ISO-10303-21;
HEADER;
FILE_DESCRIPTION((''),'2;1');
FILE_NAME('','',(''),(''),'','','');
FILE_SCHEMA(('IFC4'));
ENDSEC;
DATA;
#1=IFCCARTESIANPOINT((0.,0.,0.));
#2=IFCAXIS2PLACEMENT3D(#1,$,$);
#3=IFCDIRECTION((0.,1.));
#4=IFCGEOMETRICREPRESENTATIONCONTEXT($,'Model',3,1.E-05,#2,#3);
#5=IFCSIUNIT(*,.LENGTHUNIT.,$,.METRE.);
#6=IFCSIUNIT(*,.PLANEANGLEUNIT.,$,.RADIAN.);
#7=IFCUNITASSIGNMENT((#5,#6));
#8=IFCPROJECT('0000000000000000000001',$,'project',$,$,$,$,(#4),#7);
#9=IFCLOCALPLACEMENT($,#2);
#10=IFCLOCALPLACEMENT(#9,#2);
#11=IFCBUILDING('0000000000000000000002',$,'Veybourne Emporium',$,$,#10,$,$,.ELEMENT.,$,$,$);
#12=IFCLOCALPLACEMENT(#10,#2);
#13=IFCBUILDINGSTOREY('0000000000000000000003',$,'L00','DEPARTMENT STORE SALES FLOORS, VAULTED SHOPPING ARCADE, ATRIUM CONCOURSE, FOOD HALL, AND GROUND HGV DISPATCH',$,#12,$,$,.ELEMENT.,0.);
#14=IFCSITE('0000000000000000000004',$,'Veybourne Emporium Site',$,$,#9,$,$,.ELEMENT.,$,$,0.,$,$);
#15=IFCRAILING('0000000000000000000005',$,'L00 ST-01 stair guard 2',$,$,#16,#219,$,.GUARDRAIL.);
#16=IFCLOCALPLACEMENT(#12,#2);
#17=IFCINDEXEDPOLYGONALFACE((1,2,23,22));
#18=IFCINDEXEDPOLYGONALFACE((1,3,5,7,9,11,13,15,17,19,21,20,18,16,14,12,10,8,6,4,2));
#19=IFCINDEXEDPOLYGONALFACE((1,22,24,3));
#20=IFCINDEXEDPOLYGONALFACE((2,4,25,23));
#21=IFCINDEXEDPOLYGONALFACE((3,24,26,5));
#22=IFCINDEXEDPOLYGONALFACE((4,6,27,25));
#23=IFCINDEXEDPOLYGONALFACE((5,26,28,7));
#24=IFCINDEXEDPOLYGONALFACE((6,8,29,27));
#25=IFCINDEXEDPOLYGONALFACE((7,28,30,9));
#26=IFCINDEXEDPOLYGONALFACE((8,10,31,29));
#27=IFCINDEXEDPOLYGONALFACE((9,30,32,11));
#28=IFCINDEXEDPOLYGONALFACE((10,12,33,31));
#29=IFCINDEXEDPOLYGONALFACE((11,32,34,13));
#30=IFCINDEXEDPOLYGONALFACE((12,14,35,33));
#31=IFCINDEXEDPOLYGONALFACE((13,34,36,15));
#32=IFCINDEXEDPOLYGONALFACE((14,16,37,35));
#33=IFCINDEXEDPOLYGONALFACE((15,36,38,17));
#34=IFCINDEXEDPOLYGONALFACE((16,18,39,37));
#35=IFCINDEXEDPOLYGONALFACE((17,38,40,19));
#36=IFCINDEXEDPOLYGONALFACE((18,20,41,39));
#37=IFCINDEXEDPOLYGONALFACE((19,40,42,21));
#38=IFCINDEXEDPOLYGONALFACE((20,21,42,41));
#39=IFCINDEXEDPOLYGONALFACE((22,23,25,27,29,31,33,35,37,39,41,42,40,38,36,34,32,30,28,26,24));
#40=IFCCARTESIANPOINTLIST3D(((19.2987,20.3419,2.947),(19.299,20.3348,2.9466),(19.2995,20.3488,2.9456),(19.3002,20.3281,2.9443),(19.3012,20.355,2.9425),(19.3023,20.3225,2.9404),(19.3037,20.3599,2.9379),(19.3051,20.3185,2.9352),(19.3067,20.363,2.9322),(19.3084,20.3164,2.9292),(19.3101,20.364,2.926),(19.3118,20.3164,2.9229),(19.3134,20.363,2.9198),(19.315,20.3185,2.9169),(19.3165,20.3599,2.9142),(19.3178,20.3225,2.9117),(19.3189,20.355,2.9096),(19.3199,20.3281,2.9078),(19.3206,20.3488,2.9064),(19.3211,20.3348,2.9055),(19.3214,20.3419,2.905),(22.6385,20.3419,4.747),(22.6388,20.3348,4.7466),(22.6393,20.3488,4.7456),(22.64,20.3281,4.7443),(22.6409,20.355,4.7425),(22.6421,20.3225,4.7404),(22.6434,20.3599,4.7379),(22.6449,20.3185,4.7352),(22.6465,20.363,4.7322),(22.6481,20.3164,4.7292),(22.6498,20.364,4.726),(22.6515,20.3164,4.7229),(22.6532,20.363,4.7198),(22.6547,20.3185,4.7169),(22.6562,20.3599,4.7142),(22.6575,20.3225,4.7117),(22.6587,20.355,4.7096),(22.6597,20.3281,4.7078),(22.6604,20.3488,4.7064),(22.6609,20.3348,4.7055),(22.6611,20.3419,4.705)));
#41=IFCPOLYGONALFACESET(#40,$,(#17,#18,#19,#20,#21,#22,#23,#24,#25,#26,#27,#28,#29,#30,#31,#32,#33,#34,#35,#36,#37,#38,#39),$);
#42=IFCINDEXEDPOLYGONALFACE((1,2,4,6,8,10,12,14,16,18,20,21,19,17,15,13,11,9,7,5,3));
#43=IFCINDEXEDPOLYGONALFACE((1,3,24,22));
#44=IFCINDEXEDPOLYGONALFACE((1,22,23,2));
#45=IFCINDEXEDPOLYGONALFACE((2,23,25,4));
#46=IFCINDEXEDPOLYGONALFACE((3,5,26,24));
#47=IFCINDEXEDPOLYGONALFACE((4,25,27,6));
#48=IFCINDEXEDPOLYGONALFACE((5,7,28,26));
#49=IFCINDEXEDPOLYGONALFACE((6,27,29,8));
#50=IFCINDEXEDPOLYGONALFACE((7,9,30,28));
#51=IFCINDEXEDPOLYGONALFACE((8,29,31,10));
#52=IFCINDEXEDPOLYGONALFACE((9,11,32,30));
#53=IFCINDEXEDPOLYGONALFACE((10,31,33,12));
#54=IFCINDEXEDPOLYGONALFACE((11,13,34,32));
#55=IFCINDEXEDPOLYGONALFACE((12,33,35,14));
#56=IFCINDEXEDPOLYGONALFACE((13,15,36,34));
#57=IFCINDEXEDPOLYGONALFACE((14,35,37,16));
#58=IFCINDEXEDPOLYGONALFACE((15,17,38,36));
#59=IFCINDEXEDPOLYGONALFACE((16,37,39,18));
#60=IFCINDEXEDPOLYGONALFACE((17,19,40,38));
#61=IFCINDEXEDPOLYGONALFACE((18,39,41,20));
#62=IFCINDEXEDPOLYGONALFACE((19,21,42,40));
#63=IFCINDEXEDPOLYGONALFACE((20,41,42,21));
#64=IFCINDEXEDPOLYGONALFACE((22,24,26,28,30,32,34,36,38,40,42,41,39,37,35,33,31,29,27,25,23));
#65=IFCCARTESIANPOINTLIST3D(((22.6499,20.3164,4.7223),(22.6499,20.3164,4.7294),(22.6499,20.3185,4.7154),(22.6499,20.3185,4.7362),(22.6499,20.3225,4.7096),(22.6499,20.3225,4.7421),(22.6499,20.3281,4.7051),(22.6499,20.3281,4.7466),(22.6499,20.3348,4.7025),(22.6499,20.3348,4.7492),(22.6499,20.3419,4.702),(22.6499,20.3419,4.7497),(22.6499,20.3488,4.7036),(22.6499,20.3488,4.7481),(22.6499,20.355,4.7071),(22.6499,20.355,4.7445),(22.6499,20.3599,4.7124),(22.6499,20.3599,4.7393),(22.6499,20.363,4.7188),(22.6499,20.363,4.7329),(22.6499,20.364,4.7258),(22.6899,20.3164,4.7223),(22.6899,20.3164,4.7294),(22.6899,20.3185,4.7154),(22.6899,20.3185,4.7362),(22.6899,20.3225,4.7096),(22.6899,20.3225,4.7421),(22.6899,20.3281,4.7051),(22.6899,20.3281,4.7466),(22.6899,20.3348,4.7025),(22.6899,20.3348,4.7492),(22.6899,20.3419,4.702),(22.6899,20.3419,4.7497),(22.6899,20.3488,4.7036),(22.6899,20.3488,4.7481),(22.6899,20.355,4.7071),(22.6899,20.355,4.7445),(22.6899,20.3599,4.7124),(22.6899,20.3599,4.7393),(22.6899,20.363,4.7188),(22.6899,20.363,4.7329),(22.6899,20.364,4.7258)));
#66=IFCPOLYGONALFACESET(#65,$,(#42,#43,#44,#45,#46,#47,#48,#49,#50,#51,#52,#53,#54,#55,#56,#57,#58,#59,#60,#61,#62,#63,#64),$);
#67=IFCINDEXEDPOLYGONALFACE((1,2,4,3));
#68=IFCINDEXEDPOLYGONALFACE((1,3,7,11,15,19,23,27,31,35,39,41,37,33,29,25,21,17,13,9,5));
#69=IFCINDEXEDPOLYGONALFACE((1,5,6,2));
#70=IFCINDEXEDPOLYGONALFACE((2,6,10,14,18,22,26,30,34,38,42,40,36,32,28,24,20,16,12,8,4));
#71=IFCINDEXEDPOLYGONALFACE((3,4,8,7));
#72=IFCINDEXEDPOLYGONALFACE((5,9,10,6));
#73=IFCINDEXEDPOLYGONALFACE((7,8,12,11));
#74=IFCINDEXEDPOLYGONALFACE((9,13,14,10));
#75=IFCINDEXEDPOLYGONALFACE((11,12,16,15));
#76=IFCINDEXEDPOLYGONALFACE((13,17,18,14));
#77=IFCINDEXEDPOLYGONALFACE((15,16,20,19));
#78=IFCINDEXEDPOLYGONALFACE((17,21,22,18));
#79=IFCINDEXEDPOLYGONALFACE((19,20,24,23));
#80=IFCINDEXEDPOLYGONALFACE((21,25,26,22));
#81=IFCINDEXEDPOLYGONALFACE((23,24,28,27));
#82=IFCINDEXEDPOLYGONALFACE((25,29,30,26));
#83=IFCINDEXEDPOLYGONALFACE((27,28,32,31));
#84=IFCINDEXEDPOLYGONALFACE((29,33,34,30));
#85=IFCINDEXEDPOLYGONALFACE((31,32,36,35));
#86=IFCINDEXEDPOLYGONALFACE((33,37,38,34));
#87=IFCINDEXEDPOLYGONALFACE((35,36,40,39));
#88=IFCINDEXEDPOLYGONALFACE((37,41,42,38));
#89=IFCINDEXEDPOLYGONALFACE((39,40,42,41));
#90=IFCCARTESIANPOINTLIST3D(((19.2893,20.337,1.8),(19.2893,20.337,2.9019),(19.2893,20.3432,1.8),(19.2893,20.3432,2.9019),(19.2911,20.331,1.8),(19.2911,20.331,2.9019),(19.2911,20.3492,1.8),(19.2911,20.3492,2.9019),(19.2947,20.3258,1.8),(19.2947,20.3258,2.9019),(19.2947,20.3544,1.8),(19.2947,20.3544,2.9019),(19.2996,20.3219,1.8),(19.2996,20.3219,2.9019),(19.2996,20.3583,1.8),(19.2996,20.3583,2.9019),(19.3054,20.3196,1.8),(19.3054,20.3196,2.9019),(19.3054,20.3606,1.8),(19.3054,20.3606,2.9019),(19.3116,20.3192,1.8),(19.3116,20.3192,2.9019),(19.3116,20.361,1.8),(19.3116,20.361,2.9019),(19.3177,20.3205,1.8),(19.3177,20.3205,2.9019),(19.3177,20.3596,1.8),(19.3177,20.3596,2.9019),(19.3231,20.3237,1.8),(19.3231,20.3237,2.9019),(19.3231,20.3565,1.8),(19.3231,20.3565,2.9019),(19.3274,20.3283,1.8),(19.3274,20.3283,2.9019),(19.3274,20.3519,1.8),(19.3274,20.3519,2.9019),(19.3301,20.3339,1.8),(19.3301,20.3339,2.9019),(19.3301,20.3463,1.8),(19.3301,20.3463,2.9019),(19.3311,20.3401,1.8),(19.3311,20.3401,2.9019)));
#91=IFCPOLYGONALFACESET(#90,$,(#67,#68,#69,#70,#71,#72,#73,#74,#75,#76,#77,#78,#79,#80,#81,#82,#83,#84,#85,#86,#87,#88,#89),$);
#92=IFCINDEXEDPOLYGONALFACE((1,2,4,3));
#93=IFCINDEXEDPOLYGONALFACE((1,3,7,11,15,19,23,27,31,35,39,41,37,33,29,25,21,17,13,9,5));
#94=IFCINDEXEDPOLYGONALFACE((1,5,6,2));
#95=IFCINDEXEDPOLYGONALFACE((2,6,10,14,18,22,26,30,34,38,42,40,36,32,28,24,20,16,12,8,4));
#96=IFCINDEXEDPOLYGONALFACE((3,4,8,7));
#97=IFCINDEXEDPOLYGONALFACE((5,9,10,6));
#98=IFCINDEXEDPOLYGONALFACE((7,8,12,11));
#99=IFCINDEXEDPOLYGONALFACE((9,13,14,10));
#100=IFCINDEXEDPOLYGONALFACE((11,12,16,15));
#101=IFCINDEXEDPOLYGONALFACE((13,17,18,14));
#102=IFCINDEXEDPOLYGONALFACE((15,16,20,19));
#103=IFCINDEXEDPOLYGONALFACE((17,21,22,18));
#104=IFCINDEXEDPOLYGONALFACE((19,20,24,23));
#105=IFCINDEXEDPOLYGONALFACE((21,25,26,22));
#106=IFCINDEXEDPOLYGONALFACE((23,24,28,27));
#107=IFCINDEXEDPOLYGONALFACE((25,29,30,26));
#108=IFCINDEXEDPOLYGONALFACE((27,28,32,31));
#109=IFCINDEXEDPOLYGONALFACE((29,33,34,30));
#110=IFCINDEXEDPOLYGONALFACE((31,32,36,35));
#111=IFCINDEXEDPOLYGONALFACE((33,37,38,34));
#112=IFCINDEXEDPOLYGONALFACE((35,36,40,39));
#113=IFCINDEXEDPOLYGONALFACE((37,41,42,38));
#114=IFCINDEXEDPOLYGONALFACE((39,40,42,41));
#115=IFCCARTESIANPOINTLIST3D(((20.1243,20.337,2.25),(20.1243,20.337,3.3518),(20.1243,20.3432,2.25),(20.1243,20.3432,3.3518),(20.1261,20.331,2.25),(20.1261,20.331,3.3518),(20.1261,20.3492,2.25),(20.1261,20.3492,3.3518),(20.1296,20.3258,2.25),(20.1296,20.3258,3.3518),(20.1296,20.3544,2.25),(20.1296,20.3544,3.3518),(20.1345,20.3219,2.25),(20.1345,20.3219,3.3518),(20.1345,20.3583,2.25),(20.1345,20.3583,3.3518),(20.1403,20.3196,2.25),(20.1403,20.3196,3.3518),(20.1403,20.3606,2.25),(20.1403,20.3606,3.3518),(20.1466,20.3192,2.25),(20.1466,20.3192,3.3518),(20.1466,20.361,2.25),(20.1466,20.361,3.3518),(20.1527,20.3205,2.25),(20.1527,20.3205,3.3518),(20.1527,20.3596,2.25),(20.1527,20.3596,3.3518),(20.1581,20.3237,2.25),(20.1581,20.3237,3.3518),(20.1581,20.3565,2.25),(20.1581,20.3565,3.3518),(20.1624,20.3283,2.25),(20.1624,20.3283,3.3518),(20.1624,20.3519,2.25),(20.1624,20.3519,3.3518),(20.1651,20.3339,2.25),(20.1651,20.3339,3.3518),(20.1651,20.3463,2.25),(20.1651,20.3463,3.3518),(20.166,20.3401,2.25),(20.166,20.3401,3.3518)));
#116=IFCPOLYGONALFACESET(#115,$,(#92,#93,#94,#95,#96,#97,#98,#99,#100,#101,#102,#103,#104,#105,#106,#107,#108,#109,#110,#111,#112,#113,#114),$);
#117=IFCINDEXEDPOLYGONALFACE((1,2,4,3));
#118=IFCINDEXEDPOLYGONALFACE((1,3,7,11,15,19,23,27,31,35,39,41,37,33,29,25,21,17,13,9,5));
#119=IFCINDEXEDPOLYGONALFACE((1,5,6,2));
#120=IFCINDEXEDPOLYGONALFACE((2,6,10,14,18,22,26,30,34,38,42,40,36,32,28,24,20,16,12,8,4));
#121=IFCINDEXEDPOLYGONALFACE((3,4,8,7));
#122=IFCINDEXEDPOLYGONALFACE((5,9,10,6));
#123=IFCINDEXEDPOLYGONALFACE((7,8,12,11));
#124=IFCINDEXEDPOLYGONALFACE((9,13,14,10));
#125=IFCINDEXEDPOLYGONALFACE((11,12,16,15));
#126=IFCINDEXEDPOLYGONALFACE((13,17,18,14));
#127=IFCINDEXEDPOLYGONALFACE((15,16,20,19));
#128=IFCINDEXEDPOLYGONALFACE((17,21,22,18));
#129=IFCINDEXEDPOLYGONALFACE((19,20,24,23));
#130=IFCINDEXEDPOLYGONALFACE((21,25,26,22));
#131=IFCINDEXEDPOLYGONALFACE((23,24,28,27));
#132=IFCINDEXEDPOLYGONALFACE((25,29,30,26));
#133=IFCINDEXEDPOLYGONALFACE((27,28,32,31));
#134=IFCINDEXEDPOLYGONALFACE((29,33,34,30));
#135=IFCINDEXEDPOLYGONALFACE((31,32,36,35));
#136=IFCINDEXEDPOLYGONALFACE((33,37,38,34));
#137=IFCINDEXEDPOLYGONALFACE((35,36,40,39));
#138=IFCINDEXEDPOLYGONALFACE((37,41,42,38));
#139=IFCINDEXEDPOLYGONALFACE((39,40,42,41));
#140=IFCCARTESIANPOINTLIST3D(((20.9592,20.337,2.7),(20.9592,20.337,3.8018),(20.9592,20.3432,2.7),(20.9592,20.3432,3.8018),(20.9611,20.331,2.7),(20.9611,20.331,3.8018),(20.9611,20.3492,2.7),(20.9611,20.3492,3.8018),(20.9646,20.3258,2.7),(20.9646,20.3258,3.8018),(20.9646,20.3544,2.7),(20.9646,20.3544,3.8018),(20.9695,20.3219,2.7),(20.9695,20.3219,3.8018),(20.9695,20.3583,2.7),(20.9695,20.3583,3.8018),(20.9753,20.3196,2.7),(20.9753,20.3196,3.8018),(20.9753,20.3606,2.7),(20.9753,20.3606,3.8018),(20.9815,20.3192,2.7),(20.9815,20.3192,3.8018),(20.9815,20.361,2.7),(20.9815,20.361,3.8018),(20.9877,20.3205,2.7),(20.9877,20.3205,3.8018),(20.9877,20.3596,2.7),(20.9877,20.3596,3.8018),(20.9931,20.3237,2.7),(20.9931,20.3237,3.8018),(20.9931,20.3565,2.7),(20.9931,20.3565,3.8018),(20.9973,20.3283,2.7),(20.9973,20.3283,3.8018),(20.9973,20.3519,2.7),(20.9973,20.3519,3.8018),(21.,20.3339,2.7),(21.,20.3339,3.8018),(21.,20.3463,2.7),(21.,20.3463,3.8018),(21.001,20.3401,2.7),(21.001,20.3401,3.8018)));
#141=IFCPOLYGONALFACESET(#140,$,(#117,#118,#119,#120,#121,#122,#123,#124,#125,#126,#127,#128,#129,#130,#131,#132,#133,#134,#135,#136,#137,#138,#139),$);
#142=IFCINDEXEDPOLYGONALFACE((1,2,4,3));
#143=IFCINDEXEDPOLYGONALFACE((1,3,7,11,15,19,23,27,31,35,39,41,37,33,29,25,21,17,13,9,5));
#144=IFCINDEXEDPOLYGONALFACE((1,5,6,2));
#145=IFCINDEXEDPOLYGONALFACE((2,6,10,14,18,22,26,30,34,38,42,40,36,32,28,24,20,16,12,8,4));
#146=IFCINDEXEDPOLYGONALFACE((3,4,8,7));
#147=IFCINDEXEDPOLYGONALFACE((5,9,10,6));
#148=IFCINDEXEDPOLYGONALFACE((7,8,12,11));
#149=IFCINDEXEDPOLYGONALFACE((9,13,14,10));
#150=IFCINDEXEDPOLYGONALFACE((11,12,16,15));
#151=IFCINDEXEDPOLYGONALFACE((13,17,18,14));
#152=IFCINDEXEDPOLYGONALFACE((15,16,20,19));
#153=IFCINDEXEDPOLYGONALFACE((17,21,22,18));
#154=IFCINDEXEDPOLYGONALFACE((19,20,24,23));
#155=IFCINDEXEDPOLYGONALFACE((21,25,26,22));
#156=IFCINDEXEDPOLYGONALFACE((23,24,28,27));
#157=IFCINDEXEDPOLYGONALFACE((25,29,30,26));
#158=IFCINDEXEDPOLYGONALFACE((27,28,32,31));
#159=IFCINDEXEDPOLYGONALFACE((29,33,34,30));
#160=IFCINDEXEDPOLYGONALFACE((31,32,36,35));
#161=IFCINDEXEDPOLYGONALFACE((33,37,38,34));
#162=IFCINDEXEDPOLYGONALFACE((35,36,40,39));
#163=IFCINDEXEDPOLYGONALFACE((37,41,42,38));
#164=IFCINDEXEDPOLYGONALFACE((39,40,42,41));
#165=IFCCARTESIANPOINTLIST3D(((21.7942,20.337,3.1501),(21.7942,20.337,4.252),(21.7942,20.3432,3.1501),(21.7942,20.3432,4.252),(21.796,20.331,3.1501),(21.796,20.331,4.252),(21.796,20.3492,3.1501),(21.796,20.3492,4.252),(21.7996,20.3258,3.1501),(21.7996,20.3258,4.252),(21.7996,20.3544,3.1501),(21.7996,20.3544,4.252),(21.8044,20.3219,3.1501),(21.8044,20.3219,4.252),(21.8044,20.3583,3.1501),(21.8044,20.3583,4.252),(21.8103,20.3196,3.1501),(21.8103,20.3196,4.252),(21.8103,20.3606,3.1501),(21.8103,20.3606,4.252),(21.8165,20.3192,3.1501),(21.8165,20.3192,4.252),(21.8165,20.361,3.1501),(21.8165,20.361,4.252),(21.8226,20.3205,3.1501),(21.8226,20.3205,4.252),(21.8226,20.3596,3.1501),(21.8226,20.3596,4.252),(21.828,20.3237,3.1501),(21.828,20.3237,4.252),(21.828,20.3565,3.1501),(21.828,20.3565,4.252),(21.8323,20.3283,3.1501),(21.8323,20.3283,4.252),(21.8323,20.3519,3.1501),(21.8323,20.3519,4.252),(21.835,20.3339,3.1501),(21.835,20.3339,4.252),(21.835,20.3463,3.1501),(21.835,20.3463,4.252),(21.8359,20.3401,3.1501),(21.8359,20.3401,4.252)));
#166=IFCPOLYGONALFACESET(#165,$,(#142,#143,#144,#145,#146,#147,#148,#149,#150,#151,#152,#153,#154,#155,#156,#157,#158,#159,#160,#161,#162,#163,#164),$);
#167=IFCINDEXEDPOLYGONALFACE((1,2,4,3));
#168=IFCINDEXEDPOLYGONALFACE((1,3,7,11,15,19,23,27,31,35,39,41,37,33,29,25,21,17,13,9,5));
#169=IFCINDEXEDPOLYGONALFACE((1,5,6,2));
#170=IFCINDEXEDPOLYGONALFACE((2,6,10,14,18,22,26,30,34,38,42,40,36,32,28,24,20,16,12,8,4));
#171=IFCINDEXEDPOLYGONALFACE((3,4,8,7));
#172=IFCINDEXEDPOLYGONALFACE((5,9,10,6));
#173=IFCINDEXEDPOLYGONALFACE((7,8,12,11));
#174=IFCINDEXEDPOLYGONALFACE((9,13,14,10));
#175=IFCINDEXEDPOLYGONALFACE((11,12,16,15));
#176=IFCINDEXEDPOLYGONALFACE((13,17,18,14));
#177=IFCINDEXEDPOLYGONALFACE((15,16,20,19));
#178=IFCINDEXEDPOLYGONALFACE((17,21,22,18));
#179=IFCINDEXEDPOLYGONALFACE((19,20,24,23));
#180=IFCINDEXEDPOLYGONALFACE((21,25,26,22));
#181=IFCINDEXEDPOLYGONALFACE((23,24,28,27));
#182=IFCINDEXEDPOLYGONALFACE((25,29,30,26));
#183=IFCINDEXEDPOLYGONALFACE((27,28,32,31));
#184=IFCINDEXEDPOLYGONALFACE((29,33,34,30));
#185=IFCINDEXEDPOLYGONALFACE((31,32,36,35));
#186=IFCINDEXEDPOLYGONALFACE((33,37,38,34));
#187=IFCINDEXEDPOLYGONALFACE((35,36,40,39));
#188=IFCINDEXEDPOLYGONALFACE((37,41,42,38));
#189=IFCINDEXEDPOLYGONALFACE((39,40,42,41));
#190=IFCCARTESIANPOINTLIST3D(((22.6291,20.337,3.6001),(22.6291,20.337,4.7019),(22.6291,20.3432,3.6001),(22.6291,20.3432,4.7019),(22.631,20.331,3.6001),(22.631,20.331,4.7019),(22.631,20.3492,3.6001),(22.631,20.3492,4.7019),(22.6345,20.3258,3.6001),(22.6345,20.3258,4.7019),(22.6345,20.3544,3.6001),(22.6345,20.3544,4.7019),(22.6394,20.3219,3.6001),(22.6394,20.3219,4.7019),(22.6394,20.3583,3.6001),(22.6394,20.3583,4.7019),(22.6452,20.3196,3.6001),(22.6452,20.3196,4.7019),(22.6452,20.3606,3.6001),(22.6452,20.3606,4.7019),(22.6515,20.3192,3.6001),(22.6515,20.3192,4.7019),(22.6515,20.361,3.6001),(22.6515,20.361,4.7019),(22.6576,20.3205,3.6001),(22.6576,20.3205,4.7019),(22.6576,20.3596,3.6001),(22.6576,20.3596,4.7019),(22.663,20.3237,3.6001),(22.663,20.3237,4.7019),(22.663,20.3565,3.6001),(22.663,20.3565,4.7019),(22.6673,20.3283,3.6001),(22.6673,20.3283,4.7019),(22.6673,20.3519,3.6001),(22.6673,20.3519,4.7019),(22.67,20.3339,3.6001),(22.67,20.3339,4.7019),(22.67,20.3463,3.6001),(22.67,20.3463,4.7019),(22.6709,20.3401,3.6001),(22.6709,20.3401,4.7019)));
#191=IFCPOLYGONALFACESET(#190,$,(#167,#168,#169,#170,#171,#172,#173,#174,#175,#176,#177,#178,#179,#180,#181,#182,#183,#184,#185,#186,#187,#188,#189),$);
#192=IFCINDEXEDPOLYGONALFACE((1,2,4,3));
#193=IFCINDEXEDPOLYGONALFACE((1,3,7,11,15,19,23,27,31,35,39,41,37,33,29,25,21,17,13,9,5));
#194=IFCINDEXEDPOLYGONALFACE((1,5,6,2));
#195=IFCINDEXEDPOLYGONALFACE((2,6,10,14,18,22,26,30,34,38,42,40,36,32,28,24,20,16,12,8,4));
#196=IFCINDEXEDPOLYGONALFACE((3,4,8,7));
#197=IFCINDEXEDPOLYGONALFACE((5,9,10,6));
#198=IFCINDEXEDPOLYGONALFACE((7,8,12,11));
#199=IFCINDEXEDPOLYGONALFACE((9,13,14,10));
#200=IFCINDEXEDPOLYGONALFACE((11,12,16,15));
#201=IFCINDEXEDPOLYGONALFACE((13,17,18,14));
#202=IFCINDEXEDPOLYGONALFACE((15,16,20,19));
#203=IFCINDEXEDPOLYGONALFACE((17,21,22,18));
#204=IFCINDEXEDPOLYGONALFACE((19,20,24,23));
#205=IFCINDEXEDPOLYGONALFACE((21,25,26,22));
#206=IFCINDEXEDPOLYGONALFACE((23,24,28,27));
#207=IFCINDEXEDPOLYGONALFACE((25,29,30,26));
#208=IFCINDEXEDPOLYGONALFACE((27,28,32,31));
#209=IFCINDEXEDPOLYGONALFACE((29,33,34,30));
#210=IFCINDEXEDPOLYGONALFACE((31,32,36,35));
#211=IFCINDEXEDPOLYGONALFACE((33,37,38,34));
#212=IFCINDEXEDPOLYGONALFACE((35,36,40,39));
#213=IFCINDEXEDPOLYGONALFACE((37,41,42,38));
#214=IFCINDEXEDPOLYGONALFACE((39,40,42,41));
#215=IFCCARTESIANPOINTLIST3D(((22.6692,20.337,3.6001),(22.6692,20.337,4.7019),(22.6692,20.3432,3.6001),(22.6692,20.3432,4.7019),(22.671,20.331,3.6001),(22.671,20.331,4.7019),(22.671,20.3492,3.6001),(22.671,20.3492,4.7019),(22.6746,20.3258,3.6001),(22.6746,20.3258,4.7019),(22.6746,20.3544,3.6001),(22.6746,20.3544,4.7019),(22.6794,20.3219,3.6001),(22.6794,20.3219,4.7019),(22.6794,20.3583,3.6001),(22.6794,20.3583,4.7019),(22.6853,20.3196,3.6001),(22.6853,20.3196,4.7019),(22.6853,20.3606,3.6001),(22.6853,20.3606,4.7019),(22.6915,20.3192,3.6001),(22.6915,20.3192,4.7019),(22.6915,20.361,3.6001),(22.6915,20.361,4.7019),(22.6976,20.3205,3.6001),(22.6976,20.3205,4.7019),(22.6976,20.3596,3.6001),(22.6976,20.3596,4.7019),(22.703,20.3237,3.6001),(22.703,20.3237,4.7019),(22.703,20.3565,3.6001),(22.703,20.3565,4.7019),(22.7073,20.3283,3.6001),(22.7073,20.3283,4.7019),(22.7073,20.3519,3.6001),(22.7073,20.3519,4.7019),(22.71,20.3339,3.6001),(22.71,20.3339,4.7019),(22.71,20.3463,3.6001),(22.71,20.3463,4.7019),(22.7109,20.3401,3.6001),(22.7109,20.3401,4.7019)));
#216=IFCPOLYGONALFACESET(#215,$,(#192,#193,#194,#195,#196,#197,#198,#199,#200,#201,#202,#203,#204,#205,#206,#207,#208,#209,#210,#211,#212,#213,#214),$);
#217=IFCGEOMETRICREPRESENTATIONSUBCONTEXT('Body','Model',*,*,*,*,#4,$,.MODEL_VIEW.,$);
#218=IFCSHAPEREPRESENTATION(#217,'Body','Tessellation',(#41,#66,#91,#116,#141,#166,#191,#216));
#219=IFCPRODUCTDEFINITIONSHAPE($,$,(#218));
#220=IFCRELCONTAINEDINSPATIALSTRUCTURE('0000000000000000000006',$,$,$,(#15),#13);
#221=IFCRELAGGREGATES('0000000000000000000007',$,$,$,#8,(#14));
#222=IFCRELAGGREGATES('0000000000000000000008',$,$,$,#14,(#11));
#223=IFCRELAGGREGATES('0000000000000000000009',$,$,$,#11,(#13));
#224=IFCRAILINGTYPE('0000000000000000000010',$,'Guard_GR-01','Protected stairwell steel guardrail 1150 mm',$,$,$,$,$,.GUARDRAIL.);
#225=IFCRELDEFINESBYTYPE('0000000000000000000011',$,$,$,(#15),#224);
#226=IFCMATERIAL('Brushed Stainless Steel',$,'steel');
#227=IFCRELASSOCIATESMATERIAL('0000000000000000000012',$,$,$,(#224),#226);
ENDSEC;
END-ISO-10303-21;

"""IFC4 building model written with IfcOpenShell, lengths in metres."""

from ifc_helpers import new_model, si_unit, direction, frame, origin, origin_2d, place, context, subcontext, project, spatial, circle, extrude, material, type_object, element, save


model = new_model("IFC4")

# Units and contexts
model_context = context("Model", 3, precision=1e-05, world=origin(), true_north=direction((0.0, 1.0)))
body_context = subcontext(model_context, "Body", "Model", "MODEL_VIEW")
ifc_project = project(units=[si_unit("LENGTHUNIT", "METRE"), si_unit("PLANEANGLEUNIT", "RADIAN")], contexts=[model_context])

# Site, building, storey
site_placement = place(None, origin())
site = spatial("IfcSite", under=ifc_project, at=site_placement, Name="Veybourne Emporium Site", CompositionType="ELEMENT", RefElevation=0.0)
building_placement = place(site_placement, origin())
building = spatial("IfcBuilding", under=site, at=building_placement, Name="Veybourne Emporium", CompositionType="ELEMENT")
storey_placement = place(building_placement, origin())
storey = spatial("IfcBuildingStorey", under=building, at=storey_placement, Name="L00", Description="DEPARTMENT STORE SALES FLOORS, VAULTED SHOPPING ARCADE, ATRIUM CONCOURSE, FOOD HALL, AND GROUND HGV DISPATCH", CompositionType="ELEMENT", Elevation=0.0)

# Railing
ifc_material_1 = material(Name="Brushed Stainless Steel", Category="steel")
railing_type_1 = type_object("IfcRailingType", Name="Guard_GR-01", Description="Protected stairwell steel guardrail 1150 mm", PredefinedType="GUARDRAIL", material=ifc_material_1)
railing_1_placement = place(storey_placement, frame((19.3101, 20.3401, 1.8)))
element("IfcRailing", 1, at=railing_1_placement, inside=storey, type_object=railing_type_1, Name="L00 ST-01 stair guard 2", PredefinedType="GUARDRAIL", context=body_context, shape_type="SweptSolid", body=[
    extrude(circle(Radius=0.0239, at=origin_2d()), frame((0.0, 0.0, 1.126), z_axis=(0.880287, 0.0, 0.474441), x_axis=(0.0, 1.0, 0.0)), (0.0, 0.0, 1.0), 3.7939),
    extrude(circle(Radius=0.0239, at=origin_2d()), frame((3.3398, 0.0, 2.9258), z_axis=(1.0, 0.0, 0.0), x_axis=(0.0, 1.0, 0.0)), (0.0, 0.0, 1.0), 0.04),
    extrude(circle(Radius=0.021, at=origin_2d()), origin(), (0.0, 0.0, 1.0), 1.1018),
    extrude(circle(Radius=0.021, at=origin_2d()), frame((0.835, 0.0, 0.45)), (0.0, 0.0, 1.0), 1.1018),
    extrude(circle(Radius=0.021, at=origin_2d()), frame((1.6699, 0.0, 0.8999)), (0.0, 0.0, 1.0), 1.1018),
    extrude(circle(Radius=0.021, at=origin_2d()), frame((2.5049, 0.0, 1.3501)), (0.0, 0.0, 1.0), 1.1018),
    extrude(circle(Radius=0.021, at=origin_2d()), frame((3.3398, 0.0, 1.8)), (0.0, 0.0, 1.0), 1.1018),
    extrude(circle(Radius=0.021, at=origin_2d()), frame((3.3799, 0.0, 1.8)), (0.0, 0.0, 1.0), 1.1018),
])

save(model, "model.ifc")
